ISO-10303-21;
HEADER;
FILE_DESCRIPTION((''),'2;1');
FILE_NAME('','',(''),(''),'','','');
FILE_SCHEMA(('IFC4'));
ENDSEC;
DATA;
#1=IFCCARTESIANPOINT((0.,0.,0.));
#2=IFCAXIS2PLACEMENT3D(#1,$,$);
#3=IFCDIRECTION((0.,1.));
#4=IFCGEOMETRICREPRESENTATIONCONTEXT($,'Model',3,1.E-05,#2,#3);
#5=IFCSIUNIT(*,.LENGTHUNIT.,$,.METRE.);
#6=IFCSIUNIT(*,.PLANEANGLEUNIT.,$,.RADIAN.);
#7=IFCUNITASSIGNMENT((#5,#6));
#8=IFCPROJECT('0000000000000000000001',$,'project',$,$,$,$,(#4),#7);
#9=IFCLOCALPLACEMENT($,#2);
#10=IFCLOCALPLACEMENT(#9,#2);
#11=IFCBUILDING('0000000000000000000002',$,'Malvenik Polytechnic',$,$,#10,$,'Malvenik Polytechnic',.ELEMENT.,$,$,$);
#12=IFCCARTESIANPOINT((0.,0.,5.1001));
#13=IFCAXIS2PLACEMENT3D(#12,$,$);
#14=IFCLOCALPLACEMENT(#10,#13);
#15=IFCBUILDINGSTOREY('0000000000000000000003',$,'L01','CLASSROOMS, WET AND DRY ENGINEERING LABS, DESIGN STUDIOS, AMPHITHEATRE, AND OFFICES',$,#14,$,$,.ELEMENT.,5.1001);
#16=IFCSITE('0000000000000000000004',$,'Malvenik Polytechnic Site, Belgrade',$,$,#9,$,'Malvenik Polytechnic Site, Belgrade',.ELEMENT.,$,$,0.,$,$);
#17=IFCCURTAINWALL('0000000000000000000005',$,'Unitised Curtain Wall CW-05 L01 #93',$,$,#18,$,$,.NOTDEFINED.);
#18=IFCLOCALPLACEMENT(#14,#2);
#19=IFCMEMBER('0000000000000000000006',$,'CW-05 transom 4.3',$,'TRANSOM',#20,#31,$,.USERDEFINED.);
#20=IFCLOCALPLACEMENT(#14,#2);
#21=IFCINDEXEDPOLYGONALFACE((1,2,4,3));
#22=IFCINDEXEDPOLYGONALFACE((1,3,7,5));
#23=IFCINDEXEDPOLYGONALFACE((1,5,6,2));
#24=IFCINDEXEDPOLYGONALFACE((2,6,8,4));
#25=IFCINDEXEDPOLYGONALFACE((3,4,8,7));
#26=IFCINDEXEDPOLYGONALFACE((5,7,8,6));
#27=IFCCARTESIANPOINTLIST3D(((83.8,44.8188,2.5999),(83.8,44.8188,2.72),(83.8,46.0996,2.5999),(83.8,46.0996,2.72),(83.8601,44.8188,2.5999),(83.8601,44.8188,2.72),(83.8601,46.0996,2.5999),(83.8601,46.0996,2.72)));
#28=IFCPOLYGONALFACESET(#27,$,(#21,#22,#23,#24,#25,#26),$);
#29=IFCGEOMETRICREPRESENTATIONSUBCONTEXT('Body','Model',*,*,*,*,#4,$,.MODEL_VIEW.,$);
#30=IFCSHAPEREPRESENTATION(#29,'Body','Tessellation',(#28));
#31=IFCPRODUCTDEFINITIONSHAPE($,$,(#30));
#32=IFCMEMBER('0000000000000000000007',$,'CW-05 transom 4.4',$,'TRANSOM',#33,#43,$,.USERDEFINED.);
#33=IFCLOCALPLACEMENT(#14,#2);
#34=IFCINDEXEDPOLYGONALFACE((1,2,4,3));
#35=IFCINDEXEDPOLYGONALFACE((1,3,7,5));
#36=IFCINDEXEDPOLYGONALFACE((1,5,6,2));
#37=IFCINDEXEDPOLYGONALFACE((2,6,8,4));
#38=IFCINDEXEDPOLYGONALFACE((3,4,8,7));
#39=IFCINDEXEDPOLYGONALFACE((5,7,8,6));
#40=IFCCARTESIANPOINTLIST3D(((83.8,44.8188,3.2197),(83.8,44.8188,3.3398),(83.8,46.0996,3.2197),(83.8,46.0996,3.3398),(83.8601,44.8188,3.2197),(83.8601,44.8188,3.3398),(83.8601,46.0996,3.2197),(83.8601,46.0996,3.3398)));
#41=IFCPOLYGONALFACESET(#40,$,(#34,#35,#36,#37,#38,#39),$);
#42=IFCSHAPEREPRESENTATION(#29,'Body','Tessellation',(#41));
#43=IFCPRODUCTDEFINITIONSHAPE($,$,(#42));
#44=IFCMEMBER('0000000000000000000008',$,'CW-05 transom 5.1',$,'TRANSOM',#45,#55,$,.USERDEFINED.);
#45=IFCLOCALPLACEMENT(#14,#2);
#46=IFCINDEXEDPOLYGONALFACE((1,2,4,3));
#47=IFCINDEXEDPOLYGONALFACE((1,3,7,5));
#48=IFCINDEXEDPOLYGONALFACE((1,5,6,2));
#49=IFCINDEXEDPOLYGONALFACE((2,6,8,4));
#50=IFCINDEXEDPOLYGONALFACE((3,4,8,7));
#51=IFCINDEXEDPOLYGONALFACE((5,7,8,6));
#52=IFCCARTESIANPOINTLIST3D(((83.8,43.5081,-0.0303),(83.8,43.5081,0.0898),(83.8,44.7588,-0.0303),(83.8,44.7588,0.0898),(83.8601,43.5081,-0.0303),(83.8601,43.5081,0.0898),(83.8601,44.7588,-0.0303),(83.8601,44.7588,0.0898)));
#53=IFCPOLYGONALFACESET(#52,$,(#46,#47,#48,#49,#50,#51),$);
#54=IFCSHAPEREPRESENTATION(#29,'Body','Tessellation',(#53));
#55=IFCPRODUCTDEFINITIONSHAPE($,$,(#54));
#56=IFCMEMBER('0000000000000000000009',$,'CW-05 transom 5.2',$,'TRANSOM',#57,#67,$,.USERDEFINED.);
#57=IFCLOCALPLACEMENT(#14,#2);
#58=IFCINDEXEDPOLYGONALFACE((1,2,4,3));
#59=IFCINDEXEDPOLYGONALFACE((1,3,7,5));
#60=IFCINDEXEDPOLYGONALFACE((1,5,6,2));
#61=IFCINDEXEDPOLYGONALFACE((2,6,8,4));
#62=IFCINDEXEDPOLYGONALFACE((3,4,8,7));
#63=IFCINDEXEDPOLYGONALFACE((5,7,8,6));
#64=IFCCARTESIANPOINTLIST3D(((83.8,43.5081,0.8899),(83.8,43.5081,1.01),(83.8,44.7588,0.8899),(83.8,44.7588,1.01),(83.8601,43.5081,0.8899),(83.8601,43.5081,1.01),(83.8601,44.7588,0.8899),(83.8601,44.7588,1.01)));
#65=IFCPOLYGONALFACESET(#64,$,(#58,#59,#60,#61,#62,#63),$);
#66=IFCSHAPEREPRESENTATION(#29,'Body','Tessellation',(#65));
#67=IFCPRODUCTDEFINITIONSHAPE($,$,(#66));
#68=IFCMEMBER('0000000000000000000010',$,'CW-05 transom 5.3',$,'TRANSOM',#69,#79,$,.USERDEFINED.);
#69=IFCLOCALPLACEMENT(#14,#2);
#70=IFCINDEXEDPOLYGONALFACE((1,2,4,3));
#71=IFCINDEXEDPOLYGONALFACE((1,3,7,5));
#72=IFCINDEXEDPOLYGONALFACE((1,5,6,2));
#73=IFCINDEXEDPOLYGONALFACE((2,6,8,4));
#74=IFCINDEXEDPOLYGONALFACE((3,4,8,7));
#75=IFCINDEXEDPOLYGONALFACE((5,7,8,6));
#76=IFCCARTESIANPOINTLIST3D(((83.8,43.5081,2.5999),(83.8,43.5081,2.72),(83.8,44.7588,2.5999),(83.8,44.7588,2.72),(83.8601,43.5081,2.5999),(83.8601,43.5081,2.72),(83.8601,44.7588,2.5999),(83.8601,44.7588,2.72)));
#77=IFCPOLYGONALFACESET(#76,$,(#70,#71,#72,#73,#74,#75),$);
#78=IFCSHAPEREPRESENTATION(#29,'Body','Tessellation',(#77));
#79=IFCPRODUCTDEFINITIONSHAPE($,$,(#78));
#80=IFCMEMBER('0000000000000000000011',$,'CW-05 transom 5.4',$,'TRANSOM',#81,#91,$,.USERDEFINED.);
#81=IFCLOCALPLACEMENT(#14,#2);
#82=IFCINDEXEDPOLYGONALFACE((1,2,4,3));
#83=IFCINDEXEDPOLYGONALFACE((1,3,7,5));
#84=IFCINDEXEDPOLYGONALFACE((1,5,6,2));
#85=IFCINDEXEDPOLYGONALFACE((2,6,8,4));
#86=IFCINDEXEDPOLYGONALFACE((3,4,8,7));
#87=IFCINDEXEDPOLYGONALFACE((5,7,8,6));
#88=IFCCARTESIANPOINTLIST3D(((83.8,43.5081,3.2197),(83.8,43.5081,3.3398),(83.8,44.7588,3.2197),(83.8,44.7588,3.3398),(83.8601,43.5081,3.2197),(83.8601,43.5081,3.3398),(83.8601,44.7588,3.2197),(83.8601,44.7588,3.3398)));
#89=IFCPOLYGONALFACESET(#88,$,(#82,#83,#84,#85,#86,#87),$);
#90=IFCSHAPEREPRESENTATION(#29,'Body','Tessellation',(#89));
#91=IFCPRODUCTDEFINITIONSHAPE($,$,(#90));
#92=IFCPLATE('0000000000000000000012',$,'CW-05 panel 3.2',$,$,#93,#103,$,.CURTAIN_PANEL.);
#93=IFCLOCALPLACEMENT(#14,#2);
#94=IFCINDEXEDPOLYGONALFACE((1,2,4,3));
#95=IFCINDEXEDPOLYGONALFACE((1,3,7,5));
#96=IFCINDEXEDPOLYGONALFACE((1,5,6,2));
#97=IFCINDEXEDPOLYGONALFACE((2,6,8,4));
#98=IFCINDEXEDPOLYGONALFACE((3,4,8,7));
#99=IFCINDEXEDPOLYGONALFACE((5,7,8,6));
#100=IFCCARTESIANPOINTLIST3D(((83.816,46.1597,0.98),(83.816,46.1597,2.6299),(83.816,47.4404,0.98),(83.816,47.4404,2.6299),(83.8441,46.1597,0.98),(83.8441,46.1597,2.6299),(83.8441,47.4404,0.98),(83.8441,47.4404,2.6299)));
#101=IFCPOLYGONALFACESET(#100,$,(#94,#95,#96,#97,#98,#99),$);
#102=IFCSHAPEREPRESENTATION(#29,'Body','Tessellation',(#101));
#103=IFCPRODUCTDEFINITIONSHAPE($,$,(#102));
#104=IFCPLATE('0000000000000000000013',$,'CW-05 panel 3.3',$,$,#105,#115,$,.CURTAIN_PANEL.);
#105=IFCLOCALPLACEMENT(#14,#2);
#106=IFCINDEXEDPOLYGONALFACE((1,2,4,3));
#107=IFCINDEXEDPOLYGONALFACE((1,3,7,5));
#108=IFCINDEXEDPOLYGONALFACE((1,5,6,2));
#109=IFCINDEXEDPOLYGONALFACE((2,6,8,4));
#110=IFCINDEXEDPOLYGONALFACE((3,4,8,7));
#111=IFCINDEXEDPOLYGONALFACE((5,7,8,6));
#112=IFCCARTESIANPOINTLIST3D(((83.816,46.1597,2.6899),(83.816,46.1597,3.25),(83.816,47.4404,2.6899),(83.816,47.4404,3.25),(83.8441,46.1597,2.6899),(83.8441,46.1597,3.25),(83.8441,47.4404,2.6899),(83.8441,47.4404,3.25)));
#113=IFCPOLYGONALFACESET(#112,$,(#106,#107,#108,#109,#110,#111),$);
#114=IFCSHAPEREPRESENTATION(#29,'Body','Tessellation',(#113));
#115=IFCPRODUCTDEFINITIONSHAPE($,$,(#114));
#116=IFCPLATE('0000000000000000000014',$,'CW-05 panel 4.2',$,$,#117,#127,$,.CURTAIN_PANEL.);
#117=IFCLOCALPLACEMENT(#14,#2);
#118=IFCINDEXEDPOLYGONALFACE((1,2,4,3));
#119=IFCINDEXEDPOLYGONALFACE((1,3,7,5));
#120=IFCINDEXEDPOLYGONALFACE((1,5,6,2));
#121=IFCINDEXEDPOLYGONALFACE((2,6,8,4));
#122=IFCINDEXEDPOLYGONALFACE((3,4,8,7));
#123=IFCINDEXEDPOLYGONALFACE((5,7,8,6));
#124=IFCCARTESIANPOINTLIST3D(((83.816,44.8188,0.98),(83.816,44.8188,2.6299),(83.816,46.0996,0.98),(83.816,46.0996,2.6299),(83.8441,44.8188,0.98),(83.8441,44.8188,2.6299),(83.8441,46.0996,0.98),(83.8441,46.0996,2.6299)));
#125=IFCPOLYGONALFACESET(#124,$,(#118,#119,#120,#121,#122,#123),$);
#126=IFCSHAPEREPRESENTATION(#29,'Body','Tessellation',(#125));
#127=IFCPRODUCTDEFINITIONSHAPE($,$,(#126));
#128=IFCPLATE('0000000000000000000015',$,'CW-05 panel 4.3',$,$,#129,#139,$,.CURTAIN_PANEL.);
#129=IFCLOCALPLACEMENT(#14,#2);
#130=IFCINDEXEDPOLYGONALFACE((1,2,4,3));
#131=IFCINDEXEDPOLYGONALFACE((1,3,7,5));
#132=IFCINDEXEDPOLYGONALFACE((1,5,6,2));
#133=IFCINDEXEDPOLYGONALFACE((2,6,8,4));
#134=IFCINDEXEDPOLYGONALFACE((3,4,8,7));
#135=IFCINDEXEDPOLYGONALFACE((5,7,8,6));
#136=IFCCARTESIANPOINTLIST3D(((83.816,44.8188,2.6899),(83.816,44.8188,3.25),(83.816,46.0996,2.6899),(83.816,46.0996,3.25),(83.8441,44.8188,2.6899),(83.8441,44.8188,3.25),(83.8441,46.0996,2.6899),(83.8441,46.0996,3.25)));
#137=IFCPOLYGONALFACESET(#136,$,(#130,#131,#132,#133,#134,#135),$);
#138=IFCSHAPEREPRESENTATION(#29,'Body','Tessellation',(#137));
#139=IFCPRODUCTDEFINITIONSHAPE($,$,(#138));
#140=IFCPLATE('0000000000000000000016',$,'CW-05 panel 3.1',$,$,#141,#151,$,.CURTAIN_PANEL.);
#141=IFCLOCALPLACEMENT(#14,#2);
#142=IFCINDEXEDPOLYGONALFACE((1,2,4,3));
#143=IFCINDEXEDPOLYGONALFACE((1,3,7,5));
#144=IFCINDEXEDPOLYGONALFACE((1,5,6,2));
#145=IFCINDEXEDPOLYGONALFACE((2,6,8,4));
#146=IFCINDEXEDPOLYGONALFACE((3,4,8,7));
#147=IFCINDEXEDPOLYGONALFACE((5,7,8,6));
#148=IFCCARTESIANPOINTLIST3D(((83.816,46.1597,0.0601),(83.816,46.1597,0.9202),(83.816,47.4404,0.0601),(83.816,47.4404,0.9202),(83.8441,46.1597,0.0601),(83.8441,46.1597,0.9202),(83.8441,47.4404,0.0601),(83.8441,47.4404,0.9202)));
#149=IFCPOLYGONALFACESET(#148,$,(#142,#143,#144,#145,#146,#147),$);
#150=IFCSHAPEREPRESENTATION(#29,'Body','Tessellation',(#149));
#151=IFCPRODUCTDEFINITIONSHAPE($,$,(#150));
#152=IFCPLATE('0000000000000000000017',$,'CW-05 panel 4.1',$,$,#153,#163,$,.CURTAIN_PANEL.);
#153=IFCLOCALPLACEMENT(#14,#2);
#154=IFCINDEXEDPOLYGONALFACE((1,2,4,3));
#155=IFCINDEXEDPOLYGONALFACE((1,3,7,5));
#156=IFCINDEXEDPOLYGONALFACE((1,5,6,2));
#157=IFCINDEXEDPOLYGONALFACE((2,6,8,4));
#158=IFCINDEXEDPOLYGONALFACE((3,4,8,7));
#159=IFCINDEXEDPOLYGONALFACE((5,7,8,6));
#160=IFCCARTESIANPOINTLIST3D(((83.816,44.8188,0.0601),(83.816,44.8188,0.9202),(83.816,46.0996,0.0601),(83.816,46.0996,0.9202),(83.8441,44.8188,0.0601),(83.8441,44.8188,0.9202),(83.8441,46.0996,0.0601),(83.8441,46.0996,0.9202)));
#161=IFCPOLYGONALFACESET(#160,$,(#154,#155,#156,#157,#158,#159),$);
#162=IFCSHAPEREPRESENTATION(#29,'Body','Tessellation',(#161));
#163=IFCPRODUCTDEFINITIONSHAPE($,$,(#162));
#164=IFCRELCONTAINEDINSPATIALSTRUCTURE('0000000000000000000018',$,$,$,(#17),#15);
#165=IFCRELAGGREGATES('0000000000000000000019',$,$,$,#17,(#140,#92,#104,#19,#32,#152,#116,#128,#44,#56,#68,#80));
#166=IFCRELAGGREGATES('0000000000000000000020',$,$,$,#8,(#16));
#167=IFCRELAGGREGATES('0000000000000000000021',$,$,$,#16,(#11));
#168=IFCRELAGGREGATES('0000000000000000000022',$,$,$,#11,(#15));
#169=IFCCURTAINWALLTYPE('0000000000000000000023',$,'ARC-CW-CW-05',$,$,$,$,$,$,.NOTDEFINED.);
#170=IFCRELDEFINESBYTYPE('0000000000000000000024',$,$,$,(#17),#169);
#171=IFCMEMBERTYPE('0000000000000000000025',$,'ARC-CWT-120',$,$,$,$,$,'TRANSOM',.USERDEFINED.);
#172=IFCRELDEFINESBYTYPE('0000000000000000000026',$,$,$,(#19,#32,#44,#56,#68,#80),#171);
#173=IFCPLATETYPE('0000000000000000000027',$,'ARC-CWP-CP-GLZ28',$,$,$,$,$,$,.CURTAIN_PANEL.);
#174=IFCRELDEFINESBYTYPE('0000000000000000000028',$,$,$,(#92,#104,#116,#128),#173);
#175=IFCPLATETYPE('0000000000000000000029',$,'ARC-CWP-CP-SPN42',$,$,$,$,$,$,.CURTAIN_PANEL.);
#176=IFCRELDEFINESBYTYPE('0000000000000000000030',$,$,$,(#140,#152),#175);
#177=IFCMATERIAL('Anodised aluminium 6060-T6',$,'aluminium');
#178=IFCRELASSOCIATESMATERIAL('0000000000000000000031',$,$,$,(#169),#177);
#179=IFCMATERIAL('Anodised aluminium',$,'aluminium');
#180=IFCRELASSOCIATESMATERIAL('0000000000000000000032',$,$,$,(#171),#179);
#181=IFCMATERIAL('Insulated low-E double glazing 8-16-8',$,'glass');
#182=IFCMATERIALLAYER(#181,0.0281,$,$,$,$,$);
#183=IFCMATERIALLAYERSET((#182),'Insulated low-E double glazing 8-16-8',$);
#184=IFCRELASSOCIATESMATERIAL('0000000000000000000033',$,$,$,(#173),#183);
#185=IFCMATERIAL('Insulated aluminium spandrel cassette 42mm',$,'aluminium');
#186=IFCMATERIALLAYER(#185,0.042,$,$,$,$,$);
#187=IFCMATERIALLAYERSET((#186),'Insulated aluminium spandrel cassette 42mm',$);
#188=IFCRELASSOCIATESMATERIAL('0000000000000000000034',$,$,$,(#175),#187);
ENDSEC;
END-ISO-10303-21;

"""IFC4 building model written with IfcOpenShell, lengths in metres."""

from ifc_helpers import new_model, si_unit, direction, frame, origin, origin_2d, place, context, subcontext, project, spatial, rectangle, extrude, material, layer, layer_set, material_profile, profile_set, type_object, element, aggregate, save


model = new_model("IFC4")

# Units and contexts
model_context = context("Model", 3, precision=1e-05, world=origin(), true_north=direction((0.0, 1.0)))
body_context = subcontext(model_context, "Body", "Model", "MODEL_VIEW")
ifc_project = project(units=[si_unit("LENGTHUNIT", "METRE"), si_unit("PLANEANGLEUNIT", "RADIAN")], contexts=[model_context])

# Site, building, storey
site_placement = place(None, origin())
site = spatial("IfcSite", under=ifc_project, at=site_placement, Name="Malvenik Polytechnic Site, Belgrade", LongName="Malvenik Polytechnic Site, Belgrade", CompositionType="ELEMENT", RefElevation=0.0)
building_placement = place(site_placement, origin())
building = spatial("IfcBuilding", under=site, at=building_placement, Name="Malvenik Polytechnic", LongName="Malvenik Polytechnic", CompositionType="ELEMENT")
storey_placement = place(building_placement, frame((0.0, 0.0, 5.1001)))
storey = spatial("IfcBuildingStorey", under=building, at=storey_placement, Name="L01", Description="CLASSROOMS, WET AND DRY ENGINEERING LABS, DESIGN STUDIOS, AMPHITHEATRE, AND OFFICES", CompositionType="ELEMENT", Elevation=5.1001)

# Curtain wall, members, plates
ifc_material_1 = material(Name="Anodised aluminium 6060-T6", Category="aluminium")
curtain_wall_type = type_object("IfcCurtainWallType", Name="ARC-CW-CW-05", PredefinedType="NOTDEFINED", material=ifc_material_1)
curtain_wall_placement = place(storey_placement, origin())
curtain_wall = element("IfcCurtainWall", 1, at=curtain_wall_placement, inside=storey, type_object=curtain_wall_type, Name="Unitised Curtain Wall CW-05 L01 #93", PredefinedType="NOTDEFINED")
ifc_material_2 = material(Name="Anodised aluminium", Category="aluminium")
ifc_material_profile_1 = material_profile(ifc_material_2, rectangle(XDim=0.0601, YDim=0.1201, at=origin_2d()), Name="ALU TRANSOM 60x120")
ifc_profile_set_1 = profile_set([ifc_material_profile_1], Name="Anodised aluminium")
member_type_1 = type_object("IfcMemberType", Name="ARC-CWT-120", ElementType="TRANSOM", PredefinedType="USERDEFINED", material=ifc_profile_set_1)
member_1_placement = place(storey_placement, frame((83.8301, 46.0996, 2.6599), z_axis=(0.0, -1.0, 0.0), x_axis=(1.0, 0.0, 0.0)))
member_1 = element("IfcMember", 2, at=member_1_placement, type_object=member_type_1, Name="CW-05 transom 4.3", ObjectType="TRANSOM", PredefinedType="USERDEFINED", context=body_context, shape_type="SweptSolid", body=[
    extrude(rectangle(XDim=0.0601, YDim=0.1201, at=origin_2d()), origin(), (0.0, 0.0, 1.0), 1.2808),
])
member_2_placement = place(storey_placement, frame((83.8301, 46.0996, 3.2798), z_axis=(0.0, -1.0, 0.0), x_axis=(1.0, 0.0, 0.0)))
member_2 = element("IfcMember", 3, at=member_2_placement, type_object=member_type_1, Name="CW-05 transom 4.4", ObjectType="TRANSOM", PredefinedType="USERDEFINED", context=body_context, shape_type="SweptSolid", body=[
    extrude(rectangle(XDim=0.0601, YDim=0.1201, at=origin_2d()), origin(), (0.0, 0.0, 1.0), 1.2808),
])
member_3_placement = place(storey_placement, frame((83.8301, 44.7588, 0.0298), z_axis=(0.0, -1.0, 0.0), x_axis=(1.0, 0.0, 0.0)))
member_3 = element("IfcMember", 4, at=member_3_placement, type_object=member_type_1, Name="CW-05 transom 5.1", ObjectType="TRANSOM", PredefinedType="USERDEFINED", context=body_context, shape_type="SweptSolid", body=[
    extrude(rectangle(XDim=0.0601, YDim=0.1201, at=origin_2d()), origin(), (0.0, 0.0, 1.0), 1.2507),
])
member_4_placement = place(storey_placement, frame((83.8301, 44.7588, 0.95), z_axis=(0.0, -1.0, 0.0), x_axis=(1.0, 0.0, 0.0)))
member_4 = element("IfcMember", 5, at=member_4_placement, type_object=member_type_1, Name="CW-05 transom 5.2", ObjectType="TRANSOM", PredefinedType="USERDEFINED", context=body_context, shape_type="SweptSolid", body=[
    extrude(rectangle(XDim=0.0601, YDim=0.1201, at=origin_2d()), origin(), (0.0, 0.0, 1.0), 1.2507),
])
member_5_placement = place(storey_placement, frame((83.8301, 44.7588, 2.6599), z_axis=(0.0, -1.0, 0.0), x_axis=(1.0, 0.0, 0.0)))
member_5 = element("IfcMember", 6, at=member_5_placement, type_object=member_type_1, Name="CW-05 transom 5.3", ObjectType="TRANSOM", PredefinedType="USERDEFINED", context=body_context, shape_type="SweptSolid", body=[
    extrude(rectangle(XDim=0.0601, YDim=0.1201, at=origin_2d()), origin(), (0.0, 0.0, 1.0), 1.2507),
])
member_6_placement = place(storey_placement, frame((83.8301, 44.7588, 3.2798), z_axis=(0.0, -1.0, 0.0), x_axis=(1.0, 0.0, 0.0)))
member_6 = element("IfcMember", 7, at=member_6_placement, type_object=member_type_1, Name="CW-05 transom 5.4", ObjectType="TRANSOM", PredefinedType="USERDEFINED", context=body_context, shape_type="SweptSolid", body=[
    extrude(rectangle(XDim=0.0601, YDim=0.1201, at=origin_2d()), origin(), (0.0, 0.0, 1.0), 1.2507),
])
ifc_material_3 = material(Name="Insulated low-E double glazing 8-16-8", Category="glass")
ifc_layer_1 = layer(ifc_material_3, 0.0281)
ifc_layer_set_1 = layer_set([ifc_layer_1], Name="Insulated low-E double glazing 8-16-8")
plate_type_1 = type_object("IfcPlateType", Name="ARC-CWP-CP-GLZ28", PredefinedType="CURTAIN_PANEL", material=ifc_layer_set_1)
plate_1_placement = place(storey_placement, frame((83.8301, 46.8, 0.98), z_axis=(0.0, 0.0, 1.0), x_axis=(0.0, -1.0, 0.0)))
plate_1 = element("IfcPlate", 8, at=plate_1_placement, type_object=plate_type_1, Name="CW-05 panel 3.2", PredefinedType="CURTAIN_PANEL", context=body_context, shape_type="SweptSolid", body=[
    extrude(rectangle(XDim=1.2808, YDim=0.0281, at=origin_2d()), origin(), (0.0, 0.0, 1.0), 1.6499),
])
plate_2_placement = place(storey_placement, frame((83.8301, 46.8, 2.6899), z_axis=(0.0, 0.0, 1.0), x_axis=(0.0, -1.0, 0.0)))
plate_2 = element("IfcPlate", 9, at=plate_2_placement, type_object=plate_type_1, Name="CW-05 panel 3.3", PredefinedType="CURTAIN_PANEL", context=body_context, shape_type="SweptSolid", body=[
    extrude(rectangle(XDim=1.2808, YDim=0.0281, at=origin_2d()), origin(), (0.0, 0.0, 1.0), 0.5601),
])
plate_3_placement = place(storey_placement, frame((83.8301, 45.4592, 0.98), z_axis=(0.0, 0.0, 1.0), x_axis=(0.0, -1.0, 0.0)))
plate_3 = element("IfcPlate", 10, at=plate_3_placement, type_object=plate_type_1, Name="CW-05 panel 4.2", PredefinedType="CURTAIN_PANEL", context=body_context, shape_type="SweptSolid", body=[
    extrude(rectangle(XDim=1.2808, YDim=0.0281, at=origin_2d()), origin(), (0.0, 0.0, 1.0), 1.6499),
])
plate_4_placement = place(storey_placement, frame((83.8301, 45.4592, 2.6899), z_axis=(0.0, 0.0, 1.0), x_axis=(0.0, -1.0, 0.0)))
plate_4 = element("IfcPlate", 11, at=plate_4_placement, type_object=plate_type_1, Name="CW-05 panel 4.3", PredefinedType="CURTAIN_PANEL", context=body_context, shape_type="SweptSolid", body=[
    extrude(rectangle(XDim=1.2808, YDim=0.0281, at=origin_2d()), origin(), (0.0, 0.0, 1.0), 0.5601),
])
ifc_material_4 = material(Name="Insulated aluminium spandrel cassette 42mm", Category="aluminium")
ifc_layer_2 = layer(ifc_material_4, 0.042)
ifc_layer_set_2 = layer_set([ifc_layer_2], Name="Insulated aluminium spandrel cassette 42mm")
plate_type_2 = type_object("IfcPlateType", Name="ARC-CWP-CP-SPN42", PredefinedType="CURTAIN_PANEL", material=ifc_layer_set_2)
plate_5_placement = place(storey_placement, frame((83.8301, 46.8, 0.0601), z_axis=(0.0, 0.0, 1.0), x_axis=(0.0, -1.0, 0.0)))
plate_5 = element("IfcPlate", 12, at=plate_5_placement, type_object=plate_type_2, Name="CW-05 panel 3.1", PredefinedType="CURTAIN_PANEL", context=body_context, shape_type="SweptSolid", body=[
    extrude(rectangle(XDim=1.2808, YDim=0.0281, at=origin_2d()), origin(), (0.0, 0.0, 1.0), 0.8601),
])
plate_6_placement = place(storey_placement, frame((83.8301, 45.4592, 0.0601), z_axis=(0.0, 0.0, 1.0), x_axis=(0.0, -1.0, 0.0)))
plate_6 = element("IfcPlate", 13, at=plate_6_placement, type_object=plate_type_2, Name="CW-05 panel 4.1", PredefinedType="CURTAIN_PANEL", context=body_context, shape_type="SweptSolid", body=[
    extrude(rectangle(XDim=1.2808, YDim=0.0281, at=origin_2d()), origin(), (0.0, 0.0, 1.0), 0.8601),
])
aggregate(curtain_wall, [plate_5, plate_1, plate_2, member_1, member_2, plate_6, plate_3, plate_4, member_3, member_4, member_5, member_6])

save(model, "model.ifc")
